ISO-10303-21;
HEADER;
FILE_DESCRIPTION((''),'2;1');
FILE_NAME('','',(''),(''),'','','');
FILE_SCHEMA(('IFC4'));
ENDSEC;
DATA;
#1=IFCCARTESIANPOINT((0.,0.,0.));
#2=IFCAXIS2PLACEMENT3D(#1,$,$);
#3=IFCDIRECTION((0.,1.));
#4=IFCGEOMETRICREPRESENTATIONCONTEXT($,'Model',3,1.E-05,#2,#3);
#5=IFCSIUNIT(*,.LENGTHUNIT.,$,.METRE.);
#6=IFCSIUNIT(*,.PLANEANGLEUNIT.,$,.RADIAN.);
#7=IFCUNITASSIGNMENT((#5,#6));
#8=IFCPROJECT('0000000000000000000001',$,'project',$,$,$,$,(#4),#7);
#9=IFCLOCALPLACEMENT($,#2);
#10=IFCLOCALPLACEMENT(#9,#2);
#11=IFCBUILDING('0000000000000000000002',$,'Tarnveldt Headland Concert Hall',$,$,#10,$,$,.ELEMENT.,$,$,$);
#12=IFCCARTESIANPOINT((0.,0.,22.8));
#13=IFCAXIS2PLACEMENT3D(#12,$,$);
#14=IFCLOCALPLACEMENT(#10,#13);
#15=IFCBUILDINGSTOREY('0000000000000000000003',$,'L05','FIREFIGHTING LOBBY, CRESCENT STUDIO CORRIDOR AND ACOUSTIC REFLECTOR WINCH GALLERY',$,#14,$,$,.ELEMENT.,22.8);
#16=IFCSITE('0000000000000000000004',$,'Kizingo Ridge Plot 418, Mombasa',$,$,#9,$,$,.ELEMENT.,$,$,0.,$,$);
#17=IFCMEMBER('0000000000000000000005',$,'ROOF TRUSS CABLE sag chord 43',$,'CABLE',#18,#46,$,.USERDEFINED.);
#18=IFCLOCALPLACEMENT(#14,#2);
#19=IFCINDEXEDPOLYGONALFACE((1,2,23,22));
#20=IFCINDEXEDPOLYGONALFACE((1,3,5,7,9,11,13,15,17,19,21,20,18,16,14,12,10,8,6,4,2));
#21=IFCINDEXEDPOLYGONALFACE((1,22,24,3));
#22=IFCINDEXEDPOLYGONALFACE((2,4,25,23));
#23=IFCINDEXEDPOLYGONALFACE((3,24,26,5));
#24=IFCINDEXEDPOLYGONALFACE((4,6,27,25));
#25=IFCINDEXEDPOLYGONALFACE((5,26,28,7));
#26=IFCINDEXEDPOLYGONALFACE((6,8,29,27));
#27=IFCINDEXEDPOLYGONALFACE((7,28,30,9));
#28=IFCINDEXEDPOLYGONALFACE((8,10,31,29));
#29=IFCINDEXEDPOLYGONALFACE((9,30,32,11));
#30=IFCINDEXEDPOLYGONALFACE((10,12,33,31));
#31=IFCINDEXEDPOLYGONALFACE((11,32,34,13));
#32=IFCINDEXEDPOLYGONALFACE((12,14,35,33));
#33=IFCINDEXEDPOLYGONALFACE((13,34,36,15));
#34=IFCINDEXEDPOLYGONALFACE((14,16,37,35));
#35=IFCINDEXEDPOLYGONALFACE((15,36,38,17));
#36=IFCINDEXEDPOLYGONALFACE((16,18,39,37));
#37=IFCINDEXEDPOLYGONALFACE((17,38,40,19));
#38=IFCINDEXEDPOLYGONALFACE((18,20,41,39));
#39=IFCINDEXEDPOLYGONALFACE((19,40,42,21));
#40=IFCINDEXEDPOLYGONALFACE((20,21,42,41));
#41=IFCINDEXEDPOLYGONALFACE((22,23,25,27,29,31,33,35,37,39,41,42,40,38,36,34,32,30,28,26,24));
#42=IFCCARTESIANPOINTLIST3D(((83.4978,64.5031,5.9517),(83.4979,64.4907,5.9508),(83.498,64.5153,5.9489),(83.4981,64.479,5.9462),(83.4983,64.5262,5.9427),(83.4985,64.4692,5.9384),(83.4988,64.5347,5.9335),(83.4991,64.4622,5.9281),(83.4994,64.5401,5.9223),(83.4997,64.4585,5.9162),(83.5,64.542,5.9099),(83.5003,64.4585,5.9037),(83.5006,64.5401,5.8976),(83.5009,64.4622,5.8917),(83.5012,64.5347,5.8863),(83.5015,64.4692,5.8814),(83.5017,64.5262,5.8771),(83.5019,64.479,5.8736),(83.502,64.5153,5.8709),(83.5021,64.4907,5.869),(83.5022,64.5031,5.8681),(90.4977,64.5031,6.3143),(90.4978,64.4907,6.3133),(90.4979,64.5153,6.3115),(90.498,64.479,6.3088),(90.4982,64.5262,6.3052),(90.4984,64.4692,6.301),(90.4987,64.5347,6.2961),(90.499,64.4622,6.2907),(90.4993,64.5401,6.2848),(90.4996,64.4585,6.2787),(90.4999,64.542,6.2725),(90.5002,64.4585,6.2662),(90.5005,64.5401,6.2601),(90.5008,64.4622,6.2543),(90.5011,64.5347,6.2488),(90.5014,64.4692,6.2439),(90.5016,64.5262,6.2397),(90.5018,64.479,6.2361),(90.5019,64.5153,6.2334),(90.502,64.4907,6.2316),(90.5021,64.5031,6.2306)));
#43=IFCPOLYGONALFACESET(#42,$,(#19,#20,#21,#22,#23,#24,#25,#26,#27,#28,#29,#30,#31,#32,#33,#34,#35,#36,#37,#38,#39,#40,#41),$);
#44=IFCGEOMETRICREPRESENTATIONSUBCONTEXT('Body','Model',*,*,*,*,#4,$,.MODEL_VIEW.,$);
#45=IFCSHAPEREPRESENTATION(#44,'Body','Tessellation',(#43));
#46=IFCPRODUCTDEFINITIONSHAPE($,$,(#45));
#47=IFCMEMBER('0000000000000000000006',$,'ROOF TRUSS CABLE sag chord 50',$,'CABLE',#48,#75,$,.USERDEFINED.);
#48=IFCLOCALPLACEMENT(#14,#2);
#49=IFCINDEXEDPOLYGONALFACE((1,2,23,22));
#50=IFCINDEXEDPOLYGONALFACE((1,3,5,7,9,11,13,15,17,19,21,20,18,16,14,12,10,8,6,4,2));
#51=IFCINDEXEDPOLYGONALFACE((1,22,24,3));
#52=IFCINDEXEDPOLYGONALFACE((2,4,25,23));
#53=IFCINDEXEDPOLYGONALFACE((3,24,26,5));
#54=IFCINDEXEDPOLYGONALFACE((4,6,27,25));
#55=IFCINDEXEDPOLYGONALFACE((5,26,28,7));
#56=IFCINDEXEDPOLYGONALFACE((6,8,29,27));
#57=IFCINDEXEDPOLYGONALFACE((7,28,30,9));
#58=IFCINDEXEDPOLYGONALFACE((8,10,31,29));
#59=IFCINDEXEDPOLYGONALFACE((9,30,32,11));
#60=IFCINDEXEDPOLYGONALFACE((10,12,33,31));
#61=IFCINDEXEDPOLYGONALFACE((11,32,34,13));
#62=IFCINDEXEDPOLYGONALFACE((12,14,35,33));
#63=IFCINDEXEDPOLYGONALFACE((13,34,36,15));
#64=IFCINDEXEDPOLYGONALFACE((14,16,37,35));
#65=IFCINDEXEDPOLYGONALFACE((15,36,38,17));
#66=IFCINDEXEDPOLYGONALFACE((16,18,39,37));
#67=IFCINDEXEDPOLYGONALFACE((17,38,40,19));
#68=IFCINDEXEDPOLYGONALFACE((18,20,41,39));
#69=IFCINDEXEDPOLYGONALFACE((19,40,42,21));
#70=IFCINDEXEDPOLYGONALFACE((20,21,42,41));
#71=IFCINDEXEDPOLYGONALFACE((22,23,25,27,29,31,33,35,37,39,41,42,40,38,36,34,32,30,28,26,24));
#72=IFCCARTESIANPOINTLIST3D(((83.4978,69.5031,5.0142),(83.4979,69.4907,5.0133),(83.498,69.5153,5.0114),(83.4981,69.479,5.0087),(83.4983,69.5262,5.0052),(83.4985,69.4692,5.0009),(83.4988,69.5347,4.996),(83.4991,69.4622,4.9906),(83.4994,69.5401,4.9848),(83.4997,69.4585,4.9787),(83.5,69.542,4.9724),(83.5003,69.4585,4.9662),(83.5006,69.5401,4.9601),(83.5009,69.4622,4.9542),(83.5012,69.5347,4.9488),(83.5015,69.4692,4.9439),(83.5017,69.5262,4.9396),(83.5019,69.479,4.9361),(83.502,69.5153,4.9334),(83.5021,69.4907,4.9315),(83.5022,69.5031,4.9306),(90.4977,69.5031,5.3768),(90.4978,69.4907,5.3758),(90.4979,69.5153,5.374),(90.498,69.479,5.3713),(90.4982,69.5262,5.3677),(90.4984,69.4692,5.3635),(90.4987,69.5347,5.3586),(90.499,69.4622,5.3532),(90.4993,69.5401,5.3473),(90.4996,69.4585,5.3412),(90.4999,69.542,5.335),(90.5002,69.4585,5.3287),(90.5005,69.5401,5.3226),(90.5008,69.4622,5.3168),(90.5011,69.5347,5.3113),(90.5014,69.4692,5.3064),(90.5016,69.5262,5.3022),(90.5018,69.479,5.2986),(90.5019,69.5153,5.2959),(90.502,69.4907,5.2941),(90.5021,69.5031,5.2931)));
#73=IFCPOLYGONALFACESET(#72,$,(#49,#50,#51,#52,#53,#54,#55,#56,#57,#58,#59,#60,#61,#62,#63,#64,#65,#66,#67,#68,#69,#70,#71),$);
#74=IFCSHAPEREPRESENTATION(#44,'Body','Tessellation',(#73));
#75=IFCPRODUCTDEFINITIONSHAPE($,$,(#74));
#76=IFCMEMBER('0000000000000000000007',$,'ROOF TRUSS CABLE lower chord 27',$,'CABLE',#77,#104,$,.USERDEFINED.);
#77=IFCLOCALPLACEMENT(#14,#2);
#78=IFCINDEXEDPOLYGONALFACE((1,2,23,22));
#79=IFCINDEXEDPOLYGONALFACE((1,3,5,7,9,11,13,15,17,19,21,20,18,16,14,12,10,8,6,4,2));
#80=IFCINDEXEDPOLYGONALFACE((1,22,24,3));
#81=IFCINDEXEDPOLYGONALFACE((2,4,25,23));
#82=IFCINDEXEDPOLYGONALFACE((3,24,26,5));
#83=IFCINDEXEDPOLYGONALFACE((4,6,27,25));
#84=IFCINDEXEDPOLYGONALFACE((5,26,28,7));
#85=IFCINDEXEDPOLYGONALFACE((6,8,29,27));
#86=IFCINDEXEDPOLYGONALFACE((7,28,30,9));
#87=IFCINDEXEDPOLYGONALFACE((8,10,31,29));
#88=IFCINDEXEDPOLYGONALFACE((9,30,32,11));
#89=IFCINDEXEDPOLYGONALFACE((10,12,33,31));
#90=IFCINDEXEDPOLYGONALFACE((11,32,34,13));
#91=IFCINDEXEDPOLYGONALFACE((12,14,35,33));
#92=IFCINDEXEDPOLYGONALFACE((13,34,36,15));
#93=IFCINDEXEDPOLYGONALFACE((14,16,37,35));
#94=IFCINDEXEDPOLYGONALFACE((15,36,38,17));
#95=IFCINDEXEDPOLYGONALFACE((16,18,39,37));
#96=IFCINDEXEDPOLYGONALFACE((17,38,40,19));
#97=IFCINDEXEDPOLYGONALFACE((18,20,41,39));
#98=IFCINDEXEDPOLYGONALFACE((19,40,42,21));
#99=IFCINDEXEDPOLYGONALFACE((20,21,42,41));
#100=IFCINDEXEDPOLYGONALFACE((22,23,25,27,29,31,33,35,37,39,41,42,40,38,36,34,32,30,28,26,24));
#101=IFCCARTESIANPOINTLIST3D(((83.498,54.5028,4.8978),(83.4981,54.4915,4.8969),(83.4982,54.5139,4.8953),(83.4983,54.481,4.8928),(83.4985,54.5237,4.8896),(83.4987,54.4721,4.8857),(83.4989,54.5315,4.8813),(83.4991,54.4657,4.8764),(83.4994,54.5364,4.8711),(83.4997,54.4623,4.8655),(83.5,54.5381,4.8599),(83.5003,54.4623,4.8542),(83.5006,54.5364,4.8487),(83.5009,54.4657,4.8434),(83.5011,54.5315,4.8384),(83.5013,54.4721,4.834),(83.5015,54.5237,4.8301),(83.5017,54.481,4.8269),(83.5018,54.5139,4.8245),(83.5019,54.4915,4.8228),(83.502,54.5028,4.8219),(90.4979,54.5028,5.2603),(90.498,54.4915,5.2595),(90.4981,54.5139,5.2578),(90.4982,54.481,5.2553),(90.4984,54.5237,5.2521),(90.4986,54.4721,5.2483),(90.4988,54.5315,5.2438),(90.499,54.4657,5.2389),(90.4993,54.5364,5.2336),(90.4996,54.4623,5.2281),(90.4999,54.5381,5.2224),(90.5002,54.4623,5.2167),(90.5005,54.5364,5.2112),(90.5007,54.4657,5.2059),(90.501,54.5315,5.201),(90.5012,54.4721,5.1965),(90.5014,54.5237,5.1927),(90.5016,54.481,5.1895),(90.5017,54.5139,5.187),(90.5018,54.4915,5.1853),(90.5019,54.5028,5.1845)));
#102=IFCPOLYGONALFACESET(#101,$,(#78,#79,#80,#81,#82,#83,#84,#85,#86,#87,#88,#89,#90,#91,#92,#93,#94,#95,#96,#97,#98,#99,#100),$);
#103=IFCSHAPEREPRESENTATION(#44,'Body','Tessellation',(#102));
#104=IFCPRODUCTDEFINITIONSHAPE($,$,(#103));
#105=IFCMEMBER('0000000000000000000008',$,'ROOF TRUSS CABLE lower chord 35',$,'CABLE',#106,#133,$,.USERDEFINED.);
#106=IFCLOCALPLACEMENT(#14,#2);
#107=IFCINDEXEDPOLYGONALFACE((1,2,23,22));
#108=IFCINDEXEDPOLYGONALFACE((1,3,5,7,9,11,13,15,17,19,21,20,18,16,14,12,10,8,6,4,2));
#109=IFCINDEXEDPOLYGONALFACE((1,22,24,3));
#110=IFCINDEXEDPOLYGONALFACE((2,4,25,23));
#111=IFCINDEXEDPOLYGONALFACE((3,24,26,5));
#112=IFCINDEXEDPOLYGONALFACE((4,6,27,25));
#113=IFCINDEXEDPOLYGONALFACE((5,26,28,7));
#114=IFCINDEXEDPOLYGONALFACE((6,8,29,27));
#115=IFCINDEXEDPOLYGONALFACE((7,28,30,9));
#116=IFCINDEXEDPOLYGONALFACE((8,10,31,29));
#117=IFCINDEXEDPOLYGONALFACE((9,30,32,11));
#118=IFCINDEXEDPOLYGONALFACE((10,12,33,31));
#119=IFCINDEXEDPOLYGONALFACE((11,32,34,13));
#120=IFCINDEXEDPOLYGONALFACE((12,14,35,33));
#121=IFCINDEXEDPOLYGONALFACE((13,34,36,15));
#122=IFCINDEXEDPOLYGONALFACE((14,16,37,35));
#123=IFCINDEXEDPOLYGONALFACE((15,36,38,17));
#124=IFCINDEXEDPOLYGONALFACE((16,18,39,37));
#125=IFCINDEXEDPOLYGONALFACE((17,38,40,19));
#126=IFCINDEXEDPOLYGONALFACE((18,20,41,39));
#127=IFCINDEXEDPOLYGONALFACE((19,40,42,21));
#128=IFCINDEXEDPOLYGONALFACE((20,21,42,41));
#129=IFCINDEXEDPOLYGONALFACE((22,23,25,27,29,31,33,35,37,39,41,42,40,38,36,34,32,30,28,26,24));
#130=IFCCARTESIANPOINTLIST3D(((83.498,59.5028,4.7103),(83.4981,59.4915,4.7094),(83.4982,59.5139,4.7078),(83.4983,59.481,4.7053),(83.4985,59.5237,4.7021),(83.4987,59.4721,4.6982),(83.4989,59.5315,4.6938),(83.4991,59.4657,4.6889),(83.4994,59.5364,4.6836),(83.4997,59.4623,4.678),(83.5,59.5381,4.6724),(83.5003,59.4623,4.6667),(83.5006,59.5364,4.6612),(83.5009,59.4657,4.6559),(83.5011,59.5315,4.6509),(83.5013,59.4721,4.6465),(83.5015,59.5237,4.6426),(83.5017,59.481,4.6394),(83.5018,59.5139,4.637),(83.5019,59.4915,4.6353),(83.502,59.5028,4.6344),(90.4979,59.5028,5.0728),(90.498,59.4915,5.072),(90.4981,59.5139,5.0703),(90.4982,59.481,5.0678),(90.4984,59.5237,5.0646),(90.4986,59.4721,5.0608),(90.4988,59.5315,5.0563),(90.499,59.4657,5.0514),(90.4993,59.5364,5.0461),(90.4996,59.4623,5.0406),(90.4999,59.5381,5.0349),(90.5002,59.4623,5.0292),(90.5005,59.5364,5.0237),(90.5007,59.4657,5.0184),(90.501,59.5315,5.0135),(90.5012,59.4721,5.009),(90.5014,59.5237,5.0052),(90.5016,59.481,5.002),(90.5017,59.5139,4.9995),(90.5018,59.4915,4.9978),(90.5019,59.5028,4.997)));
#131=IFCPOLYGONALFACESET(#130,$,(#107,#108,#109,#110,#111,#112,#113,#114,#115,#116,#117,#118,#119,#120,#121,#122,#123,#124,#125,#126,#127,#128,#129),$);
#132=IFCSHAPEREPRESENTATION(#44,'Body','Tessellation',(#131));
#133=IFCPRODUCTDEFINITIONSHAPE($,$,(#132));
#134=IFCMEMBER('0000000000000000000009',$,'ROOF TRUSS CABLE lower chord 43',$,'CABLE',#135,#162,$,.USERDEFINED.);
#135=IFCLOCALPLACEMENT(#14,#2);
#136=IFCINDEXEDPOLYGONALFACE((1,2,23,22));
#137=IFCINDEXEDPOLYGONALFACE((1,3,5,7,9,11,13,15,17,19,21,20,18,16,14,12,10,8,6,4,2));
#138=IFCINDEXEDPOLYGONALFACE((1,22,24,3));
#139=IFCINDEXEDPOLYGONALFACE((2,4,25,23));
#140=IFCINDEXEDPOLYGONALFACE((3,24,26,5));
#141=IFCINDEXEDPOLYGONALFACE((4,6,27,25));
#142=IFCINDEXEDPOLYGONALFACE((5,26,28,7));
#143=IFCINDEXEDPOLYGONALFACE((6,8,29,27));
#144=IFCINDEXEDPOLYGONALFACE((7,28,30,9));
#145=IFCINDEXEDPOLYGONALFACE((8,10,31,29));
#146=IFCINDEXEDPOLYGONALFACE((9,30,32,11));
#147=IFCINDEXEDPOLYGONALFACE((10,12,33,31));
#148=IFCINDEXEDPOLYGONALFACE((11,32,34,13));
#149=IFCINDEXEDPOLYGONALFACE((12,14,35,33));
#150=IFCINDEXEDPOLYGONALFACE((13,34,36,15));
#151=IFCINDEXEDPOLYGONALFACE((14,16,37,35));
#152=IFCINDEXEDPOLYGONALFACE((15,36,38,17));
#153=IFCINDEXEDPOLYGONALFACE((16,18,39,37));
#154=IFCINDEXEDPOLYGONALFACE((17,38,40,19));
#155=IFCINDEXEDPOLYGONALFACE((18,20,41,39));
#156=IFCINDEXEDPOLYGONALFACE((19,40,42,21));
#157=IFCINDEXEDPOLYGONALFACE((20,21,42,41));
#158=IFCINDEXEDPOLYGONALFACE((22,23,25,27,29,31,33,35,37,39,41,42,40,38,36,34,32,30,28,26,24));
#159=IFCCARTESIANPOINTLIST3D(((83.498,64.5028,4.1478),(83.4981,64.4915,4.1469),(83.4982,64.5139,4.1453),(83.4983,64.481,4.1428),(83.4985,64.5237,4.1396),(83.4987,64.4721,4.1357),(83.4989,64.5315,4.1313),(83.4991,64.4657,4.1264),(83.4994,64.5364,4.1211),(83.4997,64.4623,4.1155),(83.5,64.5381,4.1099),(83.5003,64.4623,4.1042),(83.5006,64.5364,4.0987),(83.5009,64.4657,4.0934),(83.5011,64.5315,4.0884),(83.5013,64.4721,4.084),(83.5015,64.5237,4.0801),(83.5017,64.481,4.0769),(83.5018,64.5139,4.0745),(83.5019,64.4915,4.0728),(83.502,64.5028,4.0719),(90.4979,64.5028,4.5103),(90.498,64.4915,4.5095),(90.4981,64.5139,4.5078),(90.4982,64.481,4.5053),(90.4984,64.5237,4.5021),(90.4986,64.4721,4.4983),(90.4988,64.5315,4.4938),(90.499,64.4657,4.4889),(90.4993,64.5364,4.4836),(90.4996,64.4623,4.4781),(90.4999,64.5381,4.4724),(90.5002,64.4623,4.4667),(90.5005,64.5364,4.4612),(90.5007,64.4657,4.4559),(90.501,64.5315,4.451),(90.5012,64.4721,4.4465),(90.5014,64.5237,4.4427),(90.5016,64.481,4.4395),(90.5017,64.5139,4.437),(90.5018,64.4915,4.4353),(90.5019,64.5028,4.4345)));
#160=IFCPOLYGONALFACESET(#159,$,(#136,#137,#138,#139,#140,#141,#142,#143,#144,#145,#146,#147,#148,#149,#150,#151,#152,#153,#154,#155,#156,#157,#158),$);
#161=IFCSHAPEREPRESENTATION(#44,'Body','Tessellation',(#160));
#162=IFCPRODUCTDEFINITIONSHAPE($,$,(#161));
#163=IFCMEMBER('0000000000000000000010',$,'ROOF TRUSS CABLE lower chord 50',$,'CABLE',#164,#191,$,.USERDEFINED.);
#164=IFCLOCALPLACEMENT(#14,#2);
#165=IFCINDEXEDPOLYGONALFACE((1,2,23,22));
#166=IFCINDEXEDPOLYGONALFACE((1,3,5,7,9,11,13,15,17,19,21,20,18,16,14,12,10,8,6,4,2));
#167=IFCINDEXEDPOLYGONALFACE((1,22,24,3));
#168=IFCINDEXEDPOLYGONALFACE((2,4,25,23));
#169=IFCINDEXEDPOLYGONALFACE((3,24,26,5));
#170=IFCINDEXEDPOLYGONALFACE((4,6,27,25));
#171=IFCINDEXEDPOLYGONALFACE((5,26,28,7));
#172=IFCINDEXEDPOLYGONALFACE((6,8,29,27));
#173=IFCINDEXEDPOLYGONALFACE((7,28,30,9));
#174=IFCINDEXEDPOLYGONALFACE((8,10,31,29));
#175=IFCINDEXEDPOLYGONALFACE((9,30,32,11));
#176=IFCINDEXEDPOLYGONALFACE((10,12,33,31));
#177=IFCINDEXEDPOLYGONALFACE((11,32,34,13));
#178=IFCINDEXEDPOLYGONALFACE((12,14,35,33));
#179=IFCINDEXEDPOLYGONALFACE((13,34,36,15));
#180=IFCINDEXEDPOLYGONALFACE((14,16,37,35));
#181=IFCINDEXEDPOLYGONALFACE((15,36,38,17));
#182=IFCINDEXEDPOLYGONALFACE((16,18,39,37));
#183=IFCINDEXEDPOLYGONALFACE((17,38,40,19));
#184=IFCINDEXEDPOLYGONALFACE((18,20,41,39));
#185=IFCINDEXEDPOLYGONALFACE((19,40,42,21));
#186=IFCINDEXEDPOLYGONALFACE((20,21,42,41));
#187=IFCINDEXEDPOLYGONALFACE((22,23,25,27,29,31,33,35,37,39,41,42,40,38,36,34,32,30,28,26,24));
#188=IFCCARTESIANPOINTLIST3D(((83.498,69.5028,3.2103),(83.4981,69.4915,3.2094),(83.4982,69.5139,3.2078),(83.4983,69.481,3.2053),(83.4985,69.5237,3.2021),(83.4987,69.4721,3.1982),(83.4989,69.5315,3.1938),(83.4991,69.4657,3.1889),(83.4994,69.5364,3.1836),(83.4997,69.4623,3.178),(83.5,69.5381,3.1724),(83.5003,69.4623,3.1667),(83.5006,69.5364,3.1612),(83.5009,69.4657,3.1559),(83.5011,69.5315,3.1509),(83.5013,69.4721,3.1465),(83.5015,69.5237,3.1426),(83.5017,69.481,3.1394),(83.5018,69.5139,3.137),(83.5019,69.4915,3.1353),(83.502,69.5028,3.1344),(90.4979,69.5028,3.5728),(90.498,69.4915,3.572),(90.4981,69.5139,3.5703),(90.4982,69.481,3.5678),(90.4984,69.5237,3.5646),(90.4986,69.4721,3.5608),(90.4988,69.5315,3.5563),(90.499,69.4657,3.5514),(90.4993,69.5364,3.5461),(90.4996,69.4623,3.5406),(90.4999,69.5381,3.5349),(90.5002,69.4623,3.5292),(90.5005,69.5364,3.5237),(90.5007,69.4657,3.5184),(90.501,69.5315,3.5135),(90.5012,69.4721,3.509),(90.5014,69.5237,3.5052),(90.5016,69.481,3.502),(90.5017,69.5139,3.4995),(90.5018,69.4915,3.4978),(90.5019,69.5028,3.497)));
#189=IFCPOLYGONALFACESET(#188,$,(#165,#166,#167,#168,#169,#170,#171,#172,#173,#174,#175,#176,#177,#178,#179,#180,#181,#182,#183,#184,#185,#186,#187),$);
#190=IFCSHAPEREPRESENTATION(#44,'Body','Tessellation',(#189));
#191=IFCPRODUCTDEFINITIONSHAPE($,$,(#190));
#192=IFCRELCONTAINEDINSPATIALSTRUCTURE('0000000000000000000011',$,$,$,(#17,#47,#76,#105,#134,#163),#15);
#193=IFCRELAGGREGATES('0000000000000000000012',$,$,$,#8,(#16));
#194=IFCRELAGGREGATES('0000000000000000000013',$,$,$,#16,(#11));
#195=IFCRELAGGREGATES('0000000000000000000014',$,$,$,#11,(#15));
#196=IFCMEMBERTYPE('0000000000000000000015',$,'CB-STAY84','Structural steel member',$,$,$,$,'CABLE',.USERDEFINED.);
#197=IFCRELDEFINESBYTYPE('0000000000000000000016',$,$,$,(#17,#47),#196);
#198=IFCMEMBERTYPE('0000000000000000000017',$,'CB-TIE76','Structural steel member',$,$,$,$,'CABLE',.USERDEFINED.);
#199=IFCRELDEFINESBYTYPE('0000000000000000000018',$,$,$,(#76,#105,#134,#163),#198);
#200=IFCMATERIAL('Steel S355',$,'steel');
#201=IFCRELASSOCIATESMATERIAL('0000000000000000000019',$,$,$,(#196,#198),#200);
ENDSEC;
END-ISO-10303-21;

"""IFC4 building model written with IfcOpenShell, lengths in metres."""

from ifc_helpers import new_model, si_unit, direction, frame, origin, origin_2d, place, context, subcontext, project, spatial, circle, extrude, material, material_profile, profile_set, type_object, element, save


model = new_model("IFC4")

# Units and contexts
model_context = context("Model", 3, precision=1e-05, world=origin(), true_north=direction((0.0, 1.0)))
body_context = subcontext(model_context, "Body", "Model", "MODEL_VIEW")
ifc_project = project(units=[si_unit("LENGTHUNIT", "METRE"), si_unit("PLANEANGLEUNIT", "RADIAN")], contexts=[model_context])

# Site, building, storey
site_placement = place(None, origin())
site = spatial("IfcSite", under=ifc_project, at=site_placement, Name="Kizingo Ridge Plot 418, Mombasa", CompositionType="ELEMENT", RefElevation=0.0)
building_placement = place(site_placement, origin())
building = spatial("IfcBuilding", under=site, at=building_placement, Name="Tarnveldt Headland Concert Hall", CompositionType="ELEMENT")
storey_placement = place(building_placement, frame((0.0, 0.0, 22.8)))
storey = spatial("IfcBuildingStorey", under=building, at=storey_placement, Name="L05", Description="FIREFIGHTING LOBBY, CRESCENT STUDIO CORRIDOR AND ACOUSTIC REFLECTOR WINCH GALLERY", CompositionType="ELEMENT", Elevation=22.8)

# Members
ifc_material_1 = material(Name="Steel S355", Category="steel")
ifc_material_profile_1 = material_profile(ifc_material_1, circle(Radius=0.042, at=origin_2d()), Name="LC D84", Category="steel")
ifc_profile_set_1 = profile_set([ifc_material_profile_1], Name="Steel S355")
member_type_1 = type_object("IfcMemberType", Name="CB-STAY84", Description="Structural steel member", ElementType="CABLE", PredefinedType="USERDEFINED", material=ifc_profile_set_1)
for number, where, z_axis, x_axis, name in (
    (1, (83.5, 64.5, 5.9099), (0.998661, 0.0, 0.051723), (0.0, 1.0, 0.0), "ROOF TRUSS CABLE sag chord 43"),
    (2, (83.5, 69.5, 4.9724), (0.998661, 0.0, 0.051723), (0.0, 1.0, 0.0), "ROOF TRUSS CABLE sag chord 50"),
):
    element("IfcMember", number, at=place(storey_placement, frame(where, z_axis=z_axis, x_axis=x_axis)), inside=storey, type_object=member_type_1, Name=name, ObjectType="CABLE", PredefinedType="USERDEFINED", context=body_context, shape_type="SweptSolid", body=[
        extrude(circle(Radius=0.042, at=origin_2d()), origin(), (0.0, 0.0, 1.0), 7.0093),
    ])
ifc_material_profile_2 = material_profile(ifc_material_1, circle(Radius=0.0381, at=origin_2d()), Name="LC D76", Category="steel")
ifc_profile_set_2 = profile_set([ifc_material_profile_2], Name="Steel S355")
member_type_2 = type_object("IfcMemberType", Name="CB-TIE76", Description="Structural steel member", ElementType="CABLE", PredefinedType="USERDEFINED", material=ifc_profile_set_2)
for number, where, z_axis, x_axis, name in (
    (3, (83.5, 54.5, 4.8599), (0.998661, 0.0, 0.051723), (0.0, 1.0, 0.0), "ROOF TRUSS CABLE lower chord 27"),
    (4, (83.5, 59.5, 4.6724), (0.998661, 0.0, 0.051723), (0.0, 1.0, 0.0), "ROOF TRUSS CABLE lower chord 35"),
    (5, (83.5, 64.5, 4.1099), (0.998661, 0.0, 0.051723), (0.0, 1.0, 0.0), "ROOF TRUSS CABLE lower chord 43"),
    (6, (83.5, 69.5, 3.1724), (0.998661, 0.0, 0.051723), (0.0, 1.0, 0.0), "ROOF TRUSS CABLE lower chord 50"),
):
    element("IfcMember", number, at=place(storey_placement, frame(where, z_axis=z_axis, x_axis=x_axis)), inside=storey, type_object=member_type_2, Name=name, ObjectType="CABLE", PredefinedType="USERDEFINED", context=body_context, shape_type="SweptSolid", body=[
        extrude(circle(Radius=0.0381, at=origin_2d()), origin(), (0.0, 0.0, 1.0), 7.0093),
    ])

save(model, "model.ifc")
